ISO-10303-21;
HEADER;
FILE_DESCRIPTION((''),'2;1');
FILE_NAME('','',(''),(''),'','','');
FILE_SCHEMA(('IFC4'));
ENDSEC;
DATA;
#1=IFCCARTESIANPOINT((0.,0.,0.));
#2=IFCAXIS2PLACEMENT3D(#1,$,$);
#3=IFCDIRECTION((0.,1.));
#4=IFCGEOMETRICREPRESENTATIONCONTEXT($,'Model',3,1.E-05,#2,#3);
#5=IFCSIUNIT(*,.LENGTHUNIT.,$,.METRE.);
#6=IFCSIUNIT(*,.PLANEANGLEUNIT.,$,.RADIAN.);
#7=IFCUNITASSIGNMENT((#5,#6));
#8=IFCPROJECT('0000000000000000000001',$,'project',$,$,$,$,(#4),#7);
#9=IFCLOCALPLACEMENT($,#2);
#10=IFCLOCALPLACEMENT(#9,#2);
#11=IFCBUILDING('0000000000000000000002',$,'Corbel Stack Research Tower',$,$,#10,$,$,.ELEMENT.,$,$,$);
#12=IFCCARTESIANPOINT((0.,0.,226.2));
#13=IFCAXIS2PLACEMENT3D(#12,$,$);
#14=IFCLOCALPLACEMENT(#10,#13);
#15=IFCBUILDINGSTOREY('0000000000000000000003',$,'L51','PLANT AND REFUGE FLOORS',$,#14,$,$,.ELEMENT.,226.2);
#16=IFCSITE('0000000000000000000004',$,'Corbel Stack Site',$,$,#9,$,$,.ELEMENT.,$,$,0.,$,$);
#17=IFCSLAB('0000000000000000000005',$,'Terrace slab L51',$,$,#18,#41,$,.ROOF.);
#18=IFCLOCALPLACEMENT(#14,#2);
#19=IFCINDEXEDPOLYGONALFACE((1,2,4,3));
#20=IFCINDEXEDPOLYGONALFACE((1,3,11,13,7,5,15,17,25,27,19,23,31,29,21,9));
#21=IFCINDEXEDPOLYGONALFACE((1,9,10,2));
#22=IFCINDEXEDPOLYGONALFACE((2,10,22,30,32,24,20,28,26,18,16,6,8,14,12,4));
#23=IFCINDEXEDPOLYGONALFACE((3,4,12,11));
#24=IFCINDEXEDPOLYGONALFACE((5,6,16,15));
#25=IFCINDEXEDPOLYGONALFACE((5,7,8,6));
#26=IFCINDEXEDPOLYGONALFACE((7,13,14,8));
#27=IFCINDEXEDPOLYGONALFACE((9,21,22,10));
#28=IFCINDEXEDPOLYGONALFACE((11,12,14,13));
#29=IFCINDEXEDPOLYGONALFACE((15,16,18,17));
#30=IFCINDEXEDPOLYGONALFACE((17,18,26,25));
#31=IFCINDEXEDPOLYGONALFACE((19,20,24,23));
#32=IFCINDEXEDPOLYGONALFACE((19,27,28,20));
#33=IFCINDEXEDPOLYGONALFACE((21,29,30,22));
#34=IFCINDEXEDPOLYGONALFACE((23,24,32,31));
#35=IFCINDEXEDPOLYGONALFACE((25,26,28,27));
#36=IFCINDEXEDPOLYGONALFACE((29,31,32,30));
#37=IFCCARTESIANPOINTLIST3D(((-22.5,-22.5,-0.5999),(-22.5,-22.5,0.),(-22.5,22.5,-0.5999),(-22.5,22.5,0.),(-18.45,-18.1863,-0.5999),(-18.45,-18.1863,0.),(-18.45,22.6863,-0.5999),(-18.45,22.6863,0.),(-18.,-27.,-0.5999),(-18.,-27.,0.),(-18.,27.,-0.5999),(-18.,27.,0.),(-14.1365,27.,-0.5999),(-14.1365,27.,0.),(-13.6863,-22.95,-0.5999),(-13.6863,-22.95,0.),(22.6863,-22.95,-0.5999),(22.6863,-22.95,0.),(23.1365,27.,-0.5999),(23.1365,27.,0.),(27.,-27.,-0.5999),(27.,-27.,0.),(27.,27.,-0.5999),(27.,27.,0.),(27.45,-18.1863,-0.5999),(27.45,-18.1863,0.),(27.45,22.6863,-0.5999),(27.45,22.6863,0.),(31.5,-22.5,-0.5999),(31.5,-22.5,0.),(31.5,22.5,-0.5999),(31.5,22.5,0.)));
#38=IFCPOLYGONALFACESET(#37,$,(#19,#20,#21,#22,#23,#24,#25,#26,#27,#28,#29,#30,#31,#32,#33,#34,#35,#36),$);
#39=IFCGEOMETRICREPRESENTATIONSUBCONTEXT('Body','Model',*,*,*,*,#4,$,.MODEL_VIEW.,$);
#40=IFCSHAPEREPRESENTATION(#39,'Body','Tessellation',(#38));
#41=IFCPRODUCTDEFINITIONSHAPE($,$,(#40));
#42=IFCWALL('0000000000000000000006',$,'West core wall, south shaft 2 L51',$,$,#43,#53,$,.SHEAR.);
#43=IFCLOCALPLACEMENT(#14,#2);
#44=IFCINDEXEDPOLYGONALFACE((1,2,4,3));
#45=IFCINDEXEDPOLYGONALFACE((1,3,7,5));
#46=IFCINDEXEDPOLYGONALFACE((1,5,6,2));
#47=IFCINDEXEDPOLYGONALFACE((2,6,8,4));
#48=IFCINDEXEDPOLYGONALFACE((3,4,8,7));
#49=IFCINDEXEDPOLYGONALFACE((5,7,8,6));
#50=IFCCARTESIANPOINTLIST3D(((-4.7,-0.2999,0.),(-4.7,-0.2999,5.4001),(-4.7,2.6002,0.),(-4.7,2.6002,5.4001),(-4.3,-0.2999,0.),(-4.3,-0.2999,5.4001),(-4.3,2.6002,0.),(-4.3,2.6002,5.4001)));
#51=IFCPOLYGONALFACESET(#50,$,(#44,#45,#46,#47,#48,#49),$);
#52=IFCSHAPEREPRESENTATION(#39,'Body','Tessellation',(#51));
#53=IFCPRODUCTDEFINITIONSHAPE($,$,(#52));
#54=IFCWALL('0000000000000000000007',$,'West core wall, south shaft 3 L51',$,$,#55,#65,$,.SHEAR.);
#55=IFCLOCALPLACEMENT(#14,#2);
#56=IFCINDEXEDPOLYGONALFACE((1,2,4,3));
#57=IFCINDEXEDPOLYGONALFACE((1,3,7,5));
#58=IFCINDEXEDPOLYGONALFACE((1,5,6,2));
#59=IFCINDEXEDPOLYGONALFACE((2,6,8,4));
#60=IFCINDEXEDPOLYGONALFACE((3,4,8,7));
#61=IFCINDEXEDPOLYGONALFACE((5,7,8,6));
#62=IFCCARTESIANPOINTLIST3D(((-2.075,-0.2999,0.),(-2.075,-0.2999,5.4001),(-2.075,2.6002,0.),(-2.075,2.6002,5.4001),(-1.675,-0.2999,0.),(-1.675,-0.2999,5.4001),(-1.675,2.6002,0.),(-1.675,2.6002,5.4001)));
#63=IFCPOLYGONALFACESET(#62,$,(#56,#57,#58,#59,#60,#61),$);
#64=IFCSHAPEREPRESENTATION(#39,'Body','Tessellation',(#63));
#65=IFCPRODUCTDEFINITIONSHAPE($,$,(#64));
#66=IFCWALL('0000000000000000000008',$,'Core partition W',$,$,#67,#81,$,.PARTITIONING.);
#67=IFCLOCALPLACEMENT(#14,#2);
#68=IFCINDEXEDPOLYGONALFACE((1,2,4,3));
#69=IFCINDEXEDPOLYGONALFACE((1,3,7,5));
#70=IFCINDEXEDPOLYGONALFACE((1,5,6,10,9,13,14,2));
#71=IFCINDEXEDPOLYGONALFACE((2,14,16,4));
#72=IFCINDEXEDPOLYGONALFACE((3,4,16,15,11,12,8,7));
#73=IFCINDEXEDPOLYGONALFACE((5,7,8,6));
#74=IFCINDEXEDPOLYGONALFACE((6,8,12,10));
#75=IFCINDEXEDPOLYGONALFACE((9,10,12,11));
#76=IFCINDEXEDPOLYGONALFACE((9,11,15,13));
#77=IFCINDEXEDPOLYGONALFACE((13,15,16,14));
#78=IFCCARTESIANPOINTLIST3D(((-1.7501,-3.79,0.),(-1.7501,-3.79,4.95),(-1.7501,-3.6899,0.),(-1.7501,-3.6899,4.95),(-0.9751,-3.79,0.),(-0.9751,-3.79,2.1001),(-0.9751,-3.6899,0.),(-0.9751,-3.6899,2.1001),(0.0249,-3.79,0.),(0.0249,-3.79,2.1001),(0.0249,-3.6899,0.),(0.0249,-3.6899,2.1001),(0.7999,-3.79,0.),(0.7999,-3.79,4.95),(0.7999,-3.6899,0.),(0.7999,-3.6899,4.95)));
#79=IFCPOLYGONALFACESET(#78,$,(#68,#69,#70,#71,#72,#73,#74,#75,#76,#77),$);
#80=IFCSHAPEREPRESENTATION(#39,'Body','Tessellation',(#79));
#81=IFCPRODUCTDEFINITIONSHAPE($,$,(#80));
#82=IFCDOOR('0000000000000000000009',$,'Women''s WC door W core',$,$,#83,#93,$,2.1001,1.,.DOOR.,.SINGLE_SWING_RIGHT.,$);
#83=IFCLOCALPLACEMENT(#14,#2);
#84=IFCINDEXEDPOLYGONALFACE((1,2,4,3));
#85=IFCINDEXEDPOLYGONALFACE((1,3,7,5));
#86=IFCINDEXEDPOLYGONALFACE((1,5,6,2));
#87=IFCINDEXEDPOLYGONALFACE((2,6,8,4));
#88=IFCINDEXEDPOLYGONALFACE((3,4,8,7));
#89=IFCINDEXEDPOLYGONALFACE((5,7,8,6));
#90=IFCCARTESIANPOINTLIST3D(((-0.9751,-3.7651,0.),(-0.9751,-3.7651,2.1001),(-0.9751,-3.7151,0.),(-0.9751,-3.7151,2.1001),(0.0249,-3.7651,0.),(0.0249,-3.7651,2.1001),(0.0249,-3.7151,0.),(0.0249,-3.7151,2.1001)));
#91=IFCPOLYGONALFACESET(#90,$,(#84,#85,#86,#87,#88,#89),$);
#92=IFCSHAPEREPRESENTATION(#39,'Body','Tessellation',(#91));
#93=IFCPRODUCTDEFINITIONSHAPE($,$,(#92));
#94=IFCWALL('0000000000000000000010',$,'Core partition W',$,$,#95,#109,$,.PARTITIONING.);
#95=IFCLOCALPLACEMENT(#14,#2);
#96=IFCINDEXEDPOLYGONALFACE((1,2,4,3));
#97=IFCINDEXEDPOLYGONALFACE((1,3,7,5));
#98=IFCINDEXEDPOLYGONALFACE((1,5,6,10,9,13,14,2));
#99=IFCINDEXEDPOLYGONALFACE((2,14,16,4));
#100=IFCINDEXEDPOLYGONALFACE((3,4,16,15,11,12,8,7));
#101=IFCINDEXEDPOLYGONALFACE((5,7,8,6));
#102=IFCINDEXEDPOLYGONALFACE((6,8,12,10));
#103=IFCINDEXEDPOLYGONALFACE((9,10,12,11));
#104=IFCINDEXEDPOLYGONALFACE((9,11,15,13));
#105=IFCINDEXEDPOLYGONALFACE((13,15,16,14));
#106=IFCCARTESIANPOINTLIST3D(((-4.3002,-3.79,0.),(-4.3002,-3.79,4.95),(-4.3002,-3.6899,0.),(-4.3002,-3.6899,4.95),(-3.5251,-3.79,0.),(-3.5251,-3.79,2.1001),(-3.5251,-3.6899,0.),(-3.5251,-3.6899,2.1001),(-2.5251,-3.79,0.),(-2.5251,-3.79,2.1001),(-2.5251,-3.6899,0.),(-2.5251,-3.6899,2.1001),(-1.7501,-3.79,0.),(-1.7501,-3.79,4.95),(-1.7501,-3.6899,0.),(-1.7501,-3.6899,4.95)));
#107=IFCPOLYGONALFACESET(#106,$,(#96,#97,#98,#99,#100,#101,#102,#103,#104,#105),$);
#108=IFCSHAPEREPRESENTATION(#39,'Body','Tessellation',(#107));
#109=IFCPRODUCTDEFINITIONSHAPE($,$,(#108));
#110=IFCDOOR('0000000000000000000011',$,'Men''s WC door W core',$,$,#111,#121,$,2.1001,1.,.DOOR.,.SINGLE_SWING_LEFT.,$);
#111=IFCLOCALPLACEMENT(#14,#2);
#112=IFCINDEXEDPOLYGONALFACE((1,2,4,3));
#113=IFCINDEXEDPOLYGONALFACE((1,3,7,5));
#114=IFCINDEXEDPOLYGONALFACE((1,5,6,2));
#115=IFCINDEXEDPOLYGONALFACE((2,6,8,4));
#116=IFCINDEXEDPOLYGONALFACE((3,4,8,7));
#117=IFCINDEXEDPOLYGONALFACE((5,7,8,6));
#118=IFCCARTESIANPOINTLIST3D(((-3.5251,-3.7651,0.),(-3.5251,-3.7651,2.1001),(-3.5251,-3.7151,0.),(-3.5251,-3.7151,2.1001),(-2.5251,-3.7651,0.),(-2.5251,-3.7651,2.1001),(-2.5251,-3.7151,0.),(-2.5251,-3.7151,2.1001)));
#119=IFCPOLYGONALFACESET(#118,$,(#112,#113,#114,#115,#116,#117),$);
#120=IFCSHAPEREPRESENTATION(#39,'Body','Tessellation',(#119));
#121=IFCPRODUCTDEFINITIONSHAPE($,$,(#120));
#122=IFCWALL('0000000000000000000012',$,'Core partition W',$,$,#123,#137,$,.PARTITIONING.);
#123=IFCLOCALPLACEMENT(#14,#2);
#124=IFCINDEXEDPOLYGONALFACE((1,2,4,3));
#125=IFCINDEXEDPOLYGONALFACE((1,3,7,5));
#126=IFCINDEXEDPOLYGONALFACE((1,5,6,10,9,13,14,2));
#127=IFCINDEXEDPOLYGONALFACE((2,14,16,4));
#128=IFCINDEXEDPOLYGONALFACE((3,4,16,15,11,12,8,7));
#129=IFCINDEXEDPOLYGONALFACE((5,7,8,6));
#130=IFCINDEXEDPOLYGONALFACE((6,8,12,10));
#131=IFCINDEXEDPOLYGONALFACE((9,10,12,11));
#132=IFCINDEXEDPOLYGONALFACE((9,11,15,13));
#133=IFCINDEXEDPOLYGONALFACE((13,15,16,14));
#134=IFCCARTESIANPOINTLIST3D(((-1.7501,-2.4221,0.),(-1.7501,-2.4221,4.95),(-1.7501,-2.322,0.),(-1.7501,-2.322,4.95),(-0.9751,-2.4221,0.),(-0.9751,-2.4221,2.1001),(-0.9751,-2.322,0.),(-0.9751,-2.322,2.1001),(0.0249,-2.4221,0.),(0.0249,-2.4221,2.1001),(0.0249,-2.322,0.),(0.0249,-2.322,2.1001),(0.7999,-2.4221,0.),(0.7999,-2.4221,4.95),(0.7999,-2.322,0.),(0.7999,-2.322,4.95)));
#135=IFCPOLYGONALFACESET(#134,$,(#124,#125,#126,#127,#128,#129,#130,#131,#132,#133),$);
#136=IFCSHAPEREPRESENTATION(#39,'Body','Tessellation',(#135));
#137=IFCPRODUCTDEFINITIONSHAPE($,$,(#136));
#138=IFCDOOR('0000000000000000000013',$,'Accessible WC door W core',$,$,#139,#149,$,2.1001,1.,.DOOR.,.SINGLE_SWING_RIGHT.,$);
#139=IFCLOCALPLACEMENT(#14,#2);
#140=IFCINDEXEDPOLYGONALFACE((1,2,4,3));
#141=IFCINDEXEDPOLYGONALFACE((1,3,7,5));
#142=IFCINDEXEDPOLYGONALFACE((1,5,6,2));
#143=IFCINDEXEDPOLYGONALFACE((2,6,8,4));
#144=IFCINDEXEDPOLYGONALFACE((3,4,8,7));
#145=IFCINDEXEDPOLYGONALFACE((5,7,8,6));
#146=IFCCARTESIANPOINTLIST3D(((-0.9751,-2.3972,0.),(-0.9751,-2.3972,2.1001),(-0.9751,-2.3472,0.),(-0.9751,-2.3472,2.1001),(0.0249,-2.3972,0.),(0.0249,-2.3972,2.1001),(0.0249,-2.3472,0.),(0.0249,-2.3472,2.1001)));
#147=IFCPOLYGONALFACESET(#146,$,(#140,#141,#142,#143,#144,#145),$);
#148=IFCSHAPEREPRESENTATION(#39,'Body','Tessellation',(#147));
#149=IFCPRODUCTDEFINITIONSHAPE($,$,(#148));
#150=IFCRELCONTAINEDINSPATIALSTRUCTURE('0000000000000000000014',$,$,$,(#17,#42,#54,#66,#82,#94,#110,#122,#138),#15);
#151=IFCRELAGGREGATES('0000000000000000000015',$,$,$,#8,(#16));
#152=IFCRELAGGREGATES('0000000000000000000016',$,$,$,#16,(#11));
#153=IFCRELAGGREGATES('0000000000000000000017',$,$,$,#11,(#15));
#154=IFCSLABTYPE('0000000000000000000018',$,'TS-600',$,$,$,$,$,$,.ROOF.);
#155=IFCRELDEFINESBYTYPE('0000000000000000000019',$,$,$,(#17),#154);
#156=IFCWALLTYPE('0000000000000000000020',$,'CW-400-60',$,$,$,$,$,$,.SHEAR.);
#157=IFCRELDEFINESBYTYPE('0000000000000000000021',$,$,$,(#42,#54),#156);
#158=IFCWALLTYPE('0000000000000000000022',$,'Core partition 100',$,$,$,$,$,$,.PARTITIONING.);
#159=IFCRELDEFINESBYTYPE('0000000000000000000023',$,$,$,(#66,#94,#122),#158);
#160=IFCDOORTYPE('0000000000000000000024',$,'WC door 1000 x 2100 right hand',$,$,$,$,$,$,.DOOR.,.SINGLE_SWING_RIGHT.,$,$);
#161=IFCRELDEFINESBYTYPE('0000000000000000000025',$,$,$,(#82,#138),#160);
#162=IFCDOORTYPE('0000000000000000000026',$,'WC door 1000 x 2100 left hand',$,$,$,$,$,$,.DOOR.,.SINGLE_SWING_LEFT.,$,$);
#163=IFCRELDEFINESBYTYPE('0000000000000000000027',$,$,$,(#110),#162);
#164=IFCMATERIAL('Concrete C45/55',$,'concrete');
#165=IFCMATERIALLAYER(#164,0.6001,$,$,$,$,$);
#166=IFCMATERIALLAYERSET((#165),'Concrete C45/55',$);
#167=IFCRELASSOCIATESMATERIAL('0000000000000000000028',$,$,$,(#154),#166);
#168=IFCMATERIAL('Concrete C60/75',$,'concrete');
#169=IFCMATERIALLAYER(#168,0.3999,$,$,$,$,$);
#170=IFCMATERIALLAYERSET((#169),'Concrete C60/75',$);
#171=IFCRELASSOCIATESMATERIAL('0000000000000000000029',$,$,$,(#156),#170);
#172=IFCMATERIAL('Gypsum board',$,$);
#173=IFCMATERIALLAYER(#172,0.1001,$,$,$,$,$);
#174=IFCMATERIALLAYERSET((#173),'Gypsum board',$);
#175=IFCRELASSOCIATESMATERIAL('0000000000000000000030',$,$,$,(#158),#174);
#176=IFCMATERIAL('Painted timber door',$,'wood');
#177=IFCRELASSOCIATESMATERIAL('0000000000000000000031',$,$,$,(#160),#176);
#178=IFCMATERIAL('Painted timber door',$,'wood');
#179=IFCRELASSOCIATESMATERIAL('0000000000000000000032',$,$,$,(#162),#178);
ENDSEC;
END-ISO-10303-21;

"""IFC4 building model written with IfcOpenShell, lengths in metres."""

from ifc_helpers import new_model, si_unit, direction, frame, frame_2d, origin, place, context, subcontext, project, spatial, polyline, rectangle, outline, extrude, material, layer, layer_set, type_object, element, fill, save


model = new_model("IFC4")

# Units and contexts
model_context = context("Model", 3, precision=1e-05, world=origin(), true_north=direction((0.0, 1.0)))
body_context = subcontext(model_context, "Body", "Model", "MODEL_VIEW")
ifc_project = project(units=[si_unit("LENGTHUNIT", "METRE"), si_unit("PLANEANGLEUNIT", "RADIAN")], contexts=[model_context])

# Site, building, storey
site_placement = place(None, origin())
site = spatial("IfcSite", under=ifc_project, at=site_placement, Name="Corbel Stack Site", CompositionType="ELEMENT", RefElevation=0.0)
building_placement = place(site_placement, origin())
building = spatial("IfcBuilding", under=site, at=building_placement, Name="Corbel Stack Research Tower", CompositionType="ELEMENT")
storey_placement = place(building_placement, frame((0.0, 0.0, 226.2)))
storey = spatial("IfcBuildingStorey", under=building, at=storey_placement, Name="L51", Description="PLANT AND REFUGE FLOORS", CompositionType="ELEMENT", Elevation=226.2)

# Slab
ifc_material_1 = material(Name="Concrete C45/55", Category="concrete")
ifc_layer_1 = layer(ifc_material_1, 0.6001)
ifc_layer_set_1 = layer_set([ifc_layer_1], Name="Concrete C45/55")
slab_type_1 = type_object("IfcSlabType", Name="TS-600", PredefinedType="ROOF", material=ifc_layer_set_1)
slab_1_placement = place(storey_placement, frame((0.0, 0.0, -0.5999)))
element("IfcSlab", 1, at=slab_1_placement, inside=storey, type_object=slab_type_1, Name="Terrace slab L51", PredefinedType="ROOF", context=body_context, shape_type="SweptSolid", body=[
    extrude(outline(polyline([(23.1365, 27.0), (27.45, 22.6863), (27.45, -18.1863), (22.6863, -22.95), (-13.6863, -22.95), (-18.45, -18.1863), (-18.45, 22.6863), (-14.1365, 27.0), (-18.0, 27.0), (-22.5, 22.5), (-22.5, -22.5), (-18.0, -27.0), (27.0, -27.0), (31.5, -22.5), (31.5, 22.5), (27.0, 27.0), (23.1365, 27.0)])), origin(), (0.0, 0.0, 1.0), 0.5999),
])

# Walls
ifc_material_2 = material(Name="Concrete C60/75", Category="concrete")
ifc_layer_2 = layer(ifc_material_2, 0.3999)
ifc_layer_set_2 = layer_set([ifc_layer_2], Name="Concrete C60/75")
wall_type_1 = type_object("IfcWallType", Name="CW-400-60", PredefinedType="SHEAR", material=ifc_layer_set_2)
for number, where, z_axis, x_axis, name in (
    (2, (-4.5, -0.3, 0.0), (0.0, 0.0, 1.0), (0.0, 1.0, 0.0), "West core wall, south shaft 2 L51"),
    (3, (-1.875, -0.3, 0.0), (0.0, 0.0, 1.0), (0.0, 1.0, 0.0), "West core wall, south shaft 3 L51"),
):
    element("IfcWall", number, at=place(storey_placement, frame(where, z_axis=z_axis, x_axis=x_axis)), inside=storey, type_object=wall_type_1, Name=name, PredefinedType="SHEAR", context=body_context, shape_type="SweptSolid", body=[
        extrude(rectangle(XDim=2.9001, YDim=0.3999, at=frame_2d((1.4502, 0.0))), origin(), (0.0, 0.0, 1.0), 5.4001),
    ])

# Walls, openings, doors
ifc_material_3 = material(Name="Gypsum board")
ifc_layer_3 = layer(ifc_material_3, 0.1001)
ifc_layer_set_3 = layer_set([ifc_layer_3], Name="Gypsum board")
wall_type_2 = type_object("IfcWallType", Name="Core partition 100", PredefinedType="PARTITIONING", material=ifc_layer_set_3)
wall_1_placement = place(storey_placement, frame((-1.75, -3.74, 0.0), z_axis=(0.0, 0.0, 1.0), x_axis=(1.0, 0.0, 0.0)))
wall_1 = element("IfcWall", 4, at=wall_1_placement, inside=storey, type_object=wall_type_2, Name="Core partition W", PredefinedType="PARTITIONING", context=body_context, shape_type="SweptSolid", body=[
    extrude(rectangle(XDim=2.55, YDim=0.1001, at=frame_2d((1.2749, 0.0))), origin(), (0.0, 0.0, 1.0), 4.95),
])
opening_1_placement = place(wall_1_placement, frame((0.7749, 0.0, 0.0)))
opening_1 = element("IfcOpeningElement", 5, at=opening_1_placement, cuts=wall_1, PredefinedType="OPENING", context=body_context, shape_type="SweptSolid", body=[
    extrude(rectangle(XDim=1.0, YDim=2.1001, at=frame_2d((0.5, 1.05))), frame((0.0, 0.0601, 0.0), z_axis=(0.0, -1.0, 0.0), x_axis=(1.0, 0.0, 0.0)), (0.0, 0.0, 1.0), 0.1201),
])
ifc_material_4 = material(Name="Painted timber door", Category="wood")
door_type_1 = type_object("IfcDoorType", Name="WC door 1000 x 2100 right hand", OperationType="SINGLE_SWING_RIGHT", PredefinedType="DOOR", material=ifc_material_4)
door_1_placement = place(opening_1_placement, origin())
door_1 = element("IfcDoor", 6, at=door_1_placement, inside=storey, type_object=door_type_1, Name="Women's WC door W core", OperationType="SINGLE_SWING_RIGHT", OverallHeight=2.1001, OverallWidth=1.0, PredefinedType="DOOR", context=body_context, shape_type="SweptSolid", body=[
    extrude(rectangle(XDim=1.0, YDim=2.1001, at=frame_2d((0.5, 1.05))), frame((0.0, 0.0249, 0.0), z_axis=(0.0, -1.0, 0.0), x_axis=(1.0, 0.0, 0.0)), (0.0, 0.0, 1.0), 0.05),
])
fill(opening_1, door_1)
wall_2_placement = place(storey_placement, frame((-4.3, -3.74, 0.0), z_axis=(0.0, 0.0, 1.0), x_axis=(1.0, 0.0, 0.0)))
wall_2 = element("IfcWall", 7, at=wall_2_placement, inside=storey, type_object=wall_type_2, Name="Core partition W", PredefinedType="PARTITIONING", context=body_context, shape_type="SweptSolid", body=[
    extrude(rectangle(XDim=2.55, YDim=0.1001, at=frame_2d((1.2749, 0.0))), origin(), (0.0, 0.0, 1.0), 4.95),
])
opening_2_placement = place(wall_2_placement, frame((0.7749, 0.0, 0.0)))
opening_2 = element("IfcOpeningElement", 8, at=opening_2_placement, cuts=wall_2, PredefinedType="OPENING", context=body_context, shape_type="SweptSolid", body=[
    extrude(rectangle(XDim=1.0, YDim=2.1001, at=frame_2d((0.5, 1.05))), frame((0.0, 0.0601, 0.0), z_axis=(0.0, -1.0, 0.0), x_axis=(1.0, 0.0, 0.0)), (0.0, 0.0, 1.0), 0.1201),
])
ifc_material_5 = material(Name="Painted timber door", Category="wood")
door_type_2 = type_object("IfcDoorType", Name="WC door 1000 x 2100 left hand", OperationType="SINGLE_SWING_LEFT", PredefinedType="DOOR", material=ifc_material_5)
door_2_placement = place(opening_2_placement, origin())
door_2 = element("IfcDoor", 9, at=door_2_placement, inside=storey, type_object=door_type_2, Name="Men's WC door W core", OperationType="SINGLE_SWING_LEFT", OverallHeight=2.1001, OverallWidth=1.0, PredefinedType="DOOR", context=body_context, shape_type="SweptSolid", body=[
    extrude(rectangle(XDim=1.0, YDim=2.1001, at=frame_2d((0.5, 1.05))), frame((0.0, 0.0249, 0.0), z_axis=(0.0, -1.0, 0.0), x_axis=(1.0, 0.0, 0.0)), (0.0, 0.0, 1.0), 0.05),
])
fill(opening_2, door_2)
wall_3_placement = place(storey_placement, frame((-1.75, -2.3721, 0.0), z_axis=(0.0, 0.0, 1.0), x_axis=(1.0, 0.0, 0.0)))
wall_3 = element("IfcWall", 10, at=wall_3_placement, inside=storey, type_object=wall_type_2, Name="Core partition W", PredefinedType="PARTITIONING", context=body_context, shape_type="SweptSolid", body=[
    extrude(rectangle(XDim=2.55, YDim=0.1001, at=frame_2d((1.2749, 0.0))), origin(), (0.0, 0.0, 1.0), 4.95),
])
opening_3_placement = place(wall_3_placement, frame((0.7749, 0.0, 0.0)))
opening_3 = element("IfcOpeningElement", 11, at=opening_3_placement, cuts=wall_3, PredefinedType="OPENING", context=body_context, shape_type="SweptSolid", body=[
    extrude(rectangle(XDim=1.0, YDim=2.1001, at=frame_2d((0.5, 1.05))), frame((0.0, 0.0601, 0.0), z_axis=(0.0, -1.0, 0.0), x_axis=(1.0, 0.0, 0.0)), (0.0, 0.0, 1.0), 0.1201),
])
door_3_placement = place(opening_3_placement, origin())
door_3 = element("IfcDoor", 12, at=door_3_placement, inside=storey, type_object=door_type_1, Name="Accessible WC door W core", OperationType="SINGLE_SWING_RIGHT", OverallHeight=2.1001, OverallWidth=1.0, PredefinedType="DOOR", context=body_context, shape_type="SweptSolid", body=[
    extrude(rectangle(XDim=1.0, YDim=2.1001, at=frame_2d((0.5, 1.05))), frame((0.0, 0.0249, 0.0), z_axis=(0.0, -1.0, 0.0), x_axis=(1.0, 0.0, 0.0)), (0.0, 0.0, 1.0), 0.05),
])
fill(opening_3, door_3)

save(model, "model.ifc")
